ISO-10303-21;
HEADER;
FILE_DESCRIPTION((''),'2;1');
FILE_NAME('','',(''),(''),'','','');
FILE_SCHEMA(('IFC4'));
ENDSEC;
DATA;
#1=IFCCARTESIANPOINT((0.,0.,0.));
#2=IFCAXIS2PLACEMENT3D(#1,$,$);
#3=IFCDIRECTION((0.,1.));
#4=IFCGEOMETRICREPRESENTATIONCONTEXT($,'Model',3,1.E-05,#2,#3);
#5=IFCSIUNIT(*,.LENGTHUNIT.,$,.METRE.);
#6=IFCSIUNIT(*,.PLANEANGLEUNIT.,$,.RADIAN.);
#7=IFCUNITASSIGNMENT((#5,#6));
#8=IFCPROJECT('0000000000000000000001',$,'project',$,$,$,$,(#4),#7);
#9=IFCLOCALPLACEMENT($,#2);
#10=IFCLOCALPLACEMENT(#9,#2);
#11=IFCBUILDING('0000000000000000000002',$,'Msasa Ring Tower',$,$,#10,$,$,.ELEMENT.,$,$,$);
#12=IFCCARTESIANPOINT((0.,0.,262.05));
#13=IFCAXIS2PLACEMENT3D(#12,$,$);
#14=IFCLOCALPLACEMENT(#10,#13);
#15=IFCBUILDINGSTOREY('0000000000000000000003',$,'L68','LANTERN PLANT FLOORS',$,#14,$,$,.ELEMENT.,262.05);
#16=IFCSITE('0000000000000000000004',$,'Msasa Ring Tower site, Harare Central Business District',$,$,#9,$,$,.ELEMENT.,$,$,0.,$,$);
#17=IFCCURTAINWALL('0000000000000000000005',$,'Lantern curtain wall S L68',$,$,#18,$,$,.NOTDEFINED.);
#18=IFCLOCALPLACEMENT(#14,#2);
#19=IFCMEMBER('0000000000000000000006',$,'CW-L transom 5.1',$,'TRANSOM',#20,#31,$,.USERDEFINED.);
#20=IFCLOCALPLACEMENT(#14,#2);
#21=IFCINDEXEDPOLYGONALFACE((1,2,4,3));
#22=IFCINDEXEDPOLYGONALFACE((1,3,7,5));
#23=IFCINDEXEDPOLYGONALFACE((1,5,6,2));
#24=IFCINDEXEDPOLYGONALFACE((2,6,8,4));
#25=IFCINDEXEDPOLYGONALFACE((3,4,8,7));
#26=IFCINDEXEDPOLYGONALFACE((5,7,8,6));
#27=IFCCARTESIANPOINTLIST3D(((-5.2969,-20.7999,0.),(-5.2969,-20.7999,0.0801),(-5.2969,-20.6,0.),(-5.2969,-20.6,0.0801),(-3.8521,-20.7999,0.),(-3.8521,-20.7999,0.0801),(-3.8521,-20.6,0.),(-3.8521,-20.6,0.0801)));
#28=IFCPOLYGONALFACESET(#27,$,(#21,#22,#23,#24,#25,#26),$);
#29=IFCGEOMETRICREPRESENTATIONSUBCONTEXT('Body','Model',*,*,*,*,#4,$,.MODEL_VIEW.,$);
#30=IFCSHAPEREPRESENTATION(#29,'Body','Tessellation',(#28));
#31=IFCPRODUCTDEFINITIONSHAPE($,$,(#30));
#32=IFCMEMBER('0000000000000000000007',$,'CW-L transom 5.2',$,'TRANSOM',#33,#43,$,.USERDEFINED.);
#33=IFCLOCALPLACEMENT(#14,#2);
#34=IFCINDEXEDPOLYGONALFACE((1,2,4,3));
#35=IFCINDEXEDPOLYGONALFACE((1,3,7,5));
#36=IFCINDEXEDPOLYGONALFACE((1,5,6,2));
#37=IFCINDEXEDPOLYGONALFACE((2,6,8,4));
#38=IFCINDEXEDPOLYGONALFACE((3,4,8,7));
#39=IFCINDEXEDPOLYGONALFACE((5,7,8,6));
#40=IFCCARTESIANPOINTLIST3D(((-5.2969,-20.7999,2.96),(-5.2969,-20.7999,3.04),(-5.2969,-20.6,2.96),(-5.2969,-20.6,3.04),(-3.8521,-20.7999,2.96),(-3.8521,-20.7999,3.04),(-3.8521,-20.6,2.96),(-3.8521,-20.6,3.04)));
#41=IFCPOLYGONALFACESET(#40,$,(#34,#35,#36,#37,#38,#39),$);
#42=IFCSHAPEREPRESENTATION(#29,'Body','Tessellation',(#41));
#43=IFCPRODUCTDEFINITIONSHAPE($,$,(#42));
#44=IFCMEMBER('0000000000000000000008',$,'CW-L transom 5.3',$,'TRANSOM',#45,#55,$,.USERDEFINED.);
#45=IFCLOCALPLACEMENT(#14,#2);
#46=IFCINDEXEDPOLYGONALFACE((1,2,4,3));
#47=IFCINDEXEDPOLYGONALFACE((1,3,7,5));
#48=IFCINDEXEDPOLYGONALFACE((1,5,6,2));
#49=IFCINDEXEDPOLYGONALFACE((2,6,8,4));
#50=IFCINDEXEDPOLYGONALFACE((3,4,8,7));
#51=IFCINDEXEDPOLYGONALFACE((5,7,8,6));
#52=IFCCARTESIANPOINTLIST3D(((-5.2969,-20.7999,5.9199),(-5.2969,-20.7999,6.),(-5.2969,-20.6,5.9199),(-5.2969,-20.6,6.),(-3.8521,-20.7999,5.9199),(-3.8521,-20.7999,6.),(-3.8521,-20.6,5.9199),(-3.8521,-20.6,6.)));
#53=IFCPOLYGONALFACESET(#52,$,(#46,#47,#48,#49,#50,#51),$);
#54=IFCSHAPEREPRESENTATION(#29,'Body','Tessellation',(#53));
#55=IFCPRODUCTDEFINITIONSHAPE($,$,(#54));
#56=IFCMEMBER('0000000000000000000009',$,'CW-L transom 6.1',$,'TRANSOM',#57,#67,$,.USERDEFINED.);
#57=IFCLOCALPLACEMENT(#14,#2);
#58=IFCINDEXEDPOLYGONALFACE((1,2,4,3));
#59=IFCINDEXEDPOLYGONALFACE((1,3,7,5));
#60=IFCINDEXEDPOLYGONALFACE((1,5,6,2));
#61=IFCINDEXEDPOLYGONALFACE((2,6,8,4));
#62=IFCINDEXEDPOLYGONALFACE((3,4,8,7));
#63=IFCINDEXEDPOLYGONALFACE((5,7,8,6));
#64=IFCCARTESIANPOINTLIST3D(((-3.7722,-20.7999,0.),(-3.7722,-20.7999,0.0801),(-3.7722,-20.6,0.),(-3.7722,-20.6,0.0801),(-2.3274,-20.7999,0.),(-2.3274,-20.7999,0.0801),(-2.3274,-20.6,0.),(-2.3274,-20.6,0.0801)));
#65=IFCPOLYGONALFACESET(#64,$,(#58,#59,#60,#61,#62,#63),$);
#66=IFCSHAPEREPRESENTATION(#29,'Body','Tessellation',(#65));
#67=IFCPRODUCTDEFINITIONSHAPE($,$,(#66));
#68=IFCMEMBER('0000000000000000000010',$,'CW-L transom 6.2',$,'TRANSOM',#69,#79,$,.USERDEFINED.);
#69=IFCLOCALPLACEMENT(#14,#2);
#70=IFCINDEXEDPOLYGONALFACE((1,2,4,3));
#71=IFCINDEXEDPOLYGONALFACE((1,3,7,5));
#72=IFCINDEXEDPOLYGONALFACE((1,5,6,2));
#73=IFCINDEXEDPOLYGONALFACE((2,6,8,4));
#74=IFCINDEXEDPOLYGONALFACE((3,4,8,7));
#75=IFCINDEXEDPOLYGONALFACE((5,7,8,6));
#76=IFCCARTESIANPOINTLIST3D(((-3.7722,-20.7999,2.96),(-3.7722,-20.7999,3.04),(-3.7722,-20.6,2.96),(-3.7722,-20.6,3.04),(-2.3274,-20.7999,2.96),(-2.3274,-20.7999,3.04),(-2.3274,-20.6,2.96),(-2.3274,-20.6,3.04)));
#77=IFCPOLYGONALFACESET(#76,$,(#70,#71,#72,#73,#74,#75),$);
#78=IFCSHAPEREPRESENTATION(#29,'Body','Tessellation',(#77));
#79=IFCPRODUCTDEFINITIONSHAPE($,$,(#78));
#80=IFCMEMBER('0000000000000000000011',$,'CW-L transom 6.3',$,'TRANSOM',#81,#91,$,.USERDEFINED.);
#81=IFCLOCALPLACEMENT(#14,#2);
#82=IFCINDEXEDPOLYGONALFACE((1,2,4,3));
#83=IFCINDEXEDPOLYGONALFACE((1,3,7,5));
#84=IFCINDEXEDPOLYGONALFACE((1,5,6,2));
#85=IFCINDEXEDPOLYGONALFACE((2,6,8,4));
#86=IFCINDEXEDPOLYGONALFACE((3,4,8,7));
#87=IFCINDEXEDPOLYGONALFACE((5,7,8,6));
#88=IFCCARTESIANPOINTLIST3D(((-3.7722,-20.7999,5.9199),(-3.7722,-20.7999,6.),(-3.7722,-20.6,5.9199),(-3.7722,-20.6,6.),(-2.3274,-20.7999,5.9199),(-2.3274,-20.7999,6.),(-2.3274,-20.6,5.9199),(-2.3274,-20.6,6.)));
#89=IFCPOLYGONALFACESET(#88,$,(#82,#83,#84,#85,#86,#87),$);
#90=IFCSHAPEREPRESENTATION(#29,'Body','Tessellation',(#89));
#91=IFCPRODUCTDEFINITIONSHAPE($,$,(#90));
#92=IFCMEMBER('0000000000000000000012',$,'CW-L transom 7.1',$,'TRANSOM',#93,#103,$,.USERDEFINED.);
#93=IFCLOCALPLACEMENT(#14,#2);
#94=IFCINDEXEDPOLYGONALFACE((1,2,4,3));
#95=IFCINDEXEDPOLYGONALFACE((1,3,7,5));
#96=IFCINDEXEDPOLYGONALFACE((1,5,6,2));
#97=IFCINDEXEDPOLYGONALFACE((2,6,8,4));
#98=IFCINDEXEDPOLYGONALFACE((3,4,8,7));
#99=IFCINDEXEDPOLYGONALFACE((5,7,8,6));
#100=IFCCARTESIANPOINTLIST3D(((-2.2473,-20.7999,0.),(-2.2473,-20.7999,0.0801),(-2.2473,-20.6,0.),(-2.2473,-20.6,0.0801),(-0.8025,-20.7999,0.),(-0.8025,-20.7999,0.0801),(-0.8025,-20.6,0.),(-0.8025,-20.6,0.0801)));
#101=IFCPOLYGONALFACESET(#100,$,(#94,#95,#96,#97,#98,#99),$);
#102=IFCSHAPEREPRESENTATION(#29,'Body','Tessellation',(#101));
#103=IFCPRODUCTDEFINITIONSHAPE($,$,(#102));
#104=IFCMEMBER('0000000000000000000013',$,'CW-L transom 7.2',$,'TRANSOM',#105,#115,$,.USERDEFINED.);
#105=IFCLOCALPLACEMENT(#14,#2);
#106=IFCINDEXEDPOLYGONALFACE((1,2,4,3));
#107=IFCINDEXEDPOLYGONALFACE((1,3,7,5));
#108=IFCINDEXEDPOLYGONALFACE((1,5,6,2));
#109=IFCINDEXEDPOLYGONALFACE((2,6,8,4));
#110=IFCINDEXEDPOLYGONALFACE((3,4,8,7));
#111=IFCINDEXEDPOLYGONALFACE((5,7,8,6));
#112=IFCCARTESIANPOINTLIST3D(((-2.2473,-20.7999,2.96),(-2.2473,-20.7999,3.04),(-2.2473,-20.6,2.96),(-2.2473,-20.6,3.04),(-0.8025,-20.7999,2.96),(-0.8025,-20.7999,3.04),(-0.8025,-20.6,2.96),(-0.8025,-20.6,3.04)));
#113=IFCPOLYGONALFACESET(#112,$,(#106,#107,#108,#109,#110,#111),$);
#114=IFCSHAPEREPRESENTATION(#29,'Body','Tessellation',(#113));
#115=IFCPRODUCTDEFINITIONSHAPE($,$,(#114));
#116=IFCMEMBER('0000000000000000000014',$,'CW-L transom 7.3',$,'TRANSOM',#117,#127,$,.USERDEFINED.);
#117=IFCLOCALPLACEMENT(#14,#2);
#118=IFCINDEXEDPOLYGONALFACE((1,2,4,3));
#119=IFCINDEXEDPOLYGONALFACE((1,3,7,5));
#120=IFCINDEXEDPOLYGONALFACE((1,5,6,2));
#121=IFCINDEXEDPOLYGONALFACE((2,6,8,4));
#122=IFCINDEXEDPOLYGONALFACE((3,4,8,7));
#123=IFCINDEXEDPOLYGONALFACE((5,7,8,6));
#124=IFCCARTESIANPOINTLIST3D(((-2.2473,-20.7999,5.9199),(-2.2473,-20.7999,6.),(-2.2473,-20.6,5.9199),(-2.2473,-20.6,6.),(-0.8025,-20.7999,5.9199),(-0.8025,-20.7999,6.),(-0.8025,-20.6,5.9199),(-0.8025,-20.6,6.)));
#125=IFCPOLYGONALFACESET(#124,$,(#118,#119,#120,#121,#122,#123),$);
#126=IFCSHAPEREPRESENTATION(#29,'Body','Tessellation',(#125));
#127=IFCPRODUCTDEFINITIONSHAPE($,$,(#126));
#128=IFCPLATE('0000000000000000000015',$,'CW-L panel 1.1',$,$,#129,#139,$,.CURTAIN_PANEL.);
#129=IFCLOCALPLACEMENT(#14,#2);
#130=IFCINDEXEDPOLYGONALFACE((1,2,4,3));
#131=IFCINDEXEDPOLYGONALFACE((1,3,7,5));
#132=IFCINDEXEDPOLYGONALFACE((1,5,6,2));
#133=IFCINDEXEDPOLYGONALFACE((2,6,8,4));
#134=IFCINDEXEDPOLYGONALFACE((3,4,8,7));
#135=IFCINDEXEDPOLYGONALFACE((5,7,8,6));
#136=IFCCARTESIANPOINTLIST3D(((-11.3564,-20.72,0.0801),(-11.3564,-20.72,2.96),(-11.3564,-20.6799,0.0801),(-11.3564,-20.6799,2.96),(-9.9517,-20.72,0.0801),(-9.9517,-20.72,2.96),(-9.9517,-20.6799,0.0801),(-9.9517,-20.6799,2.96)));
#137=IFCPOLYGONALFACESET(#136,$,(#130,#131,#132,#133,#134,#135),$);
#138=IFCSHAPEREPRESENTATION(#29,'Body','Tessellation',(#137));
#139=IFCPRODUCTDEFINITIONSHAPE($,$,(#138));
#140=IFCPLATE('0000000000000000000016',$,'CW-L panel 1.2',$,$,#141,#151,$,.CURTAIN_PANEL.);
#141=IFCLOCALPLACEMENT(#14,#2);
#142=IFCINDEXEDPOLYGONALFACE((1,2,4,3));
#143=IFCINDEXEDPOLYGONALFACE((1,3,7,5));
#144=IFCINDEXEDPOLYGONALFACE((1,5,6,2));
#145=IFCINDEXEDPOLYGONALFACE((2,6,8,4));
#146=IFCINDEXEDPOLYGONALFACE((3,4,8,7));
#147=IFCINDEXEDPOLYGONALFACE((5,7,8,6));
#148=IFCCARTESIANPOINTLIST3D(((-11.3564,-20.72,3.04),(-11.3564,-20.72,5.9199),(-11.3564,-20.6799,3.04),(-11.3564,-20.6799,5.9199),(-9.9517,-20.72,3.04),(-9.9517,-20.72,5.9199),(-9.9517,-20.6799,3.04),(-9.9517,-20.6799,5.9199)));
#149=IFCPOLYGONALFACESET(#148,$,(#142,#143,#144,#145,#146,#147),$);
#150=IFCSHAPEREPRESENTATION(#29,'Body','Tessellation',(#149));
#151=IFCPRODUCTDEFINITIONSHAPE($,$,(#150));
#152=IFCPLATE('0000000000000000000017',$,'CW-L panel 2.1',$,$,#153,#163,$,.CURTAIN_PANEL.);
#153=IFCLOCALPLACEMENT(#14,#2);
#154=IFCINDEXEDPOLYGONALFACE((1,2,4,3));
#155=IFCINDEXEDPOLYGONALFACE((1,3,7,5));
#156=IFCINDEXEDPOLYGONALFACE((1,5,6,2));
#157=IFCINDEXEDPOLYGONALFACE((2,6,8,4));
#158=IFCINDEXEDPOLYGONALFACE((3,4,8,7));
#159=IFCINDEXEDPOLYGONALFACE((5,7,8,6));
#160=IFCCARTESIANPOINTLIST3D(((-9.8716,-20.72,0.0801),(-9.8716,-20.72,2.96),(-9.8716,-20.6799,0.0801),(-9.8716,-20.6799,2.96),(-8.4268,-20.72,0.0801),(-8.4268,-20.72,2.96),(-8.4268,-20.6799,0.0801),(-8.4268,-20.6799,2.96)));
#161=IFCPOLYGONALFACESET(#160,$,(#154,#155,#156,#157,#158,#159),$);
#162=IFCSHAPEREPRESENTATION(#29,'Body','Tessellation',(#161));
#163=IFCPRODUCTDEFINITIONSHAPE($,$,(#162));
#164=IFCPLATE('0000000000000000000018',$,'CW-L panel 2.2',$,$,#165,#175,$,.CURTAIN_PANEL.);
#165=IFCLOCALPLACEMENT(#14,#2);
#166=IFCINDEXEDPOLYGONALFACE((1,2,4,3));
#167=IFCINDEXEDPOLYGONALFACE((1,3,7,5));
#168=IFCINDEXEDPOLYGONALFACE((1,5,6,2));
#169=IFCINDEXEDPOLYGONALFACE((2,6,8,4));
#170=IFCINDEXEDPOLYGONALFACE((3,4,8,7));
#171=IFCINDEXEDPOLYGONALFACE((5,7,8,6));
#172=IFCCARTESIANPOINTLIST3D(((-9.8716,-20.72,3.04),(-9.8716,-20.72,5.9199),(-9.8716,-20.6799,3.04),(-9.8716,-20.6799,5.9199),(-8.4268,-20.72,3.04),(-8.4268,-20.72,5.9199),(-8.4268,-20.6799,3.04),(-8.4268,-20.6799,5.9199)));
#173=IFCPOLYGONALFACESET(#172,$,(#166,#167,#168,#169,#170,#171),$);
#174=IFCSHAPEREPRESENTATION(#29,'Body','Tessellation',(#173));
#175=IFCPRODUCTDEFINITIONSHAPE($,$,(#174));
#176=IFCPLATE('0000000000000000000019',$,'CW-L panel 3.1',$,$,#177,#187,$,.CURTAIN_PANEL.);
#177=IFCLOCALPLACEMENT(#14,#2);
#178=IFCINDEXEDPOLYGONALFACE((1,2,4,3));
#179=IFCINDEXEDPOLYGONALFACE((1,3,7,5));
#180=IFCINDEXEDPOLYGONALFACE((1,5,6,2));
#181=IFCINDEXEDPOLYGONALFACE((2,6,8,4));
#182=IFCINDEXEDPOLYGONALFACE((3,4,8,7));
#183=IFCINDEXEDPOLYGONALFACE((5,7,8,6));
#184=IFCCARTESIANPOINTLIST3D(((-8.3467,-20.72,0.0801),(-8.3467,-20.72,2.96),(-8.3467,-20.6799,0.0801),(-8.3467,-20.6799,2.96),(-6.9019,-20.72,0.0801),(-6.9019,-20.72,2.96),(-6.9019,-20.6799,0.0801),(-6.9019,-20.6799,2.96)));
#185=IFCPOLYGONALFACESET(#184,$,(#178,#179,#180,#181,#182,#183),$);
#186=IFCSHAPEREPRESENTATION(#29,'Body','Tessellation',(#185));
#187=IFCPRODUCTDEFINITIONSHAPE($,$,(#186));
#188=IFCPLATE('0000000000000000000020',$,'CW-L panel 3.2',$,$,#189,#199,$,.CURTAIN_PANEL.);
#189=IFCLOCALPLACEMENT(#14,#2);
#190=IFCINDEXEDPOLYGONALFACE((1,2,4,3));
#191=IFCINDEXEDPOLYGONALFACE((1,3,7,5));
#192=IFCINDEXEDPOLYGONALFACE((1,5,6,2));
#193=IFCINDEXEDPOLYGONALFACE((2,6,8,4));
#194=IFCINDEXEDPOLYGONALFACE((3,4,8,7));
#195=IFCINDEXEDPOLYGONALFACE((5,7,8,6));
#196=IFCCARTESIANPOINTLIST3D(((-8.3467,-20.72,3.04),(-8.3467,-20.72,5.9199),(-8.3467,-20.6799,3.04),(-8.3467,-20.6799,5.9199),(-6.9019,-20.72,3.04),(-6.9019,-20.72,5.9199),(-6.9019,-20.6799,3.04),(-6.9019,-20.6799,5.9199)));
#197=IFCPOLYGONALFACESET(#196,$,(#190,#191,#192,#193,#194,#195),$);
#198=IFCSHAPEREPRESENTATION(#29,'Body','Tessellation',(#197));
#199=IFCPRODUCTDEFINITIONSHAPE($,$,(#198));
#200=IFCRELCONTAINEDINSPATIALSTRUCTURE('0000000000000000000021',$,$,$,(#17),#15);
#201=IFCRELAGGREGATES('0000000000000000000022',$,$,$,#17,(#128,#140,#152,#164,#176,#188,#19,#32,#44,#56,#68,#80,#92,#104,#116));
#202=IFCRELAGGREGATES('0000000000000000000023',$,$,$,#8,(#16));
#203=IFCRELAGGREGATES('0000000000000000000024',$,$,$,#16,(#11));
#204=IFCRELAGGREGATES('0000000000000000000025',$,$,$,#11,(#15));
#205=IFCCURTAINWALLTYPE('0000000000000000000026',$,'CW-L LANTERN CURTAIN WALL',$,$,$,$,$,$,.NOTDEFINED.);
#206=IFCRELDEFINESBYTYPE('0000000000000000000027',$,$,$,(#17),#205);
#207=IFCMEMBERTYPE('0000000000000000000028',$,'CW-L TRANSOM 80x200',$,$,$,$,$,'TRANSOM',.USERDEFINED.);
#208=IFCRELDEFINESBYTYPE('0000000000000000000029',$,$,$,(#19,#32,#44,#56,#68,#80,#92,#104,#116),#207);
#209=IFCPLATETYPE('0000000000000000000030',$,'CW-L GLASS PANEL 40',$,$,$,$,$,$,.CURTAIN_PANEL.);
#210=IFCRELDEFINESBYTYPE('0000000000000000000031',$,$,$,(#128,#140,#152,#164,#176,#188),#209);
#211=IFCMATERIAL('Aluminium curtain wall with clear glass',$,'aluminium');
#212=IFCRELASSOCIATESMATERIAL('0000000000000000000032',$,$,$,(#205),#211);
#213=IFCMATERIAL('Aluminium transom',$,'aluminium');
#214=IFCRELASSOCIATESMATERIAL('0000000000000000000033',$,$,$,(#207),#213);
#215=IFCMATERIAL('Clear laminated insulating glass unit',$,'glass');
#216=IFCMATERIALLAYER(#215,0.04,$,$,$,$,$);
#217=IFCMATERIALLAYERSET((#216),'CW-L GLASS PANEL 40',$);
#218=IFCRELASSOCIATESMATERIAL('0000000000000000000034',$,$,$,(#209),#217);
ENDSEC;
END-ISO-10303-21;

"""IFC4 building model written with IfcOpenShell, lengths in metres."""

from ifc_helpers import new_model, si_unit, direction, frame, origin, origin_2d, place, context, subcontext, project, spatial, rectangle, extrude, material, layer, layer_set, material_profile, profile_set, type_object, element, aggregate, save


model = new_model("IFC4")

# Units and contexts
model_context = context("Model", 3, precision=1e-05, world=origin(), true_north=direction((0.0, 1.0)))
body_context = subcontext(model_context, "Body", "Model", "MODEL_VIEW")
ifc_project = project(units=[si_unit("LENGTHUNIT", "METRE"), si_unit("PLANEANGLEUNIT", "RADIAN")], contexts=[model_context])

# Site, building, storey
site_placement = place(None, origin())
site = spatial("IfcSite", under=ifc_project, at=site_placement, Name="Msasa Ring Tower site, Harare Central Business District", CompositionType="ELEMENT", RefElevation=0.0)
building_placement = place(site_placement, origin())
building = spatial("IfcBuilding", under=site, at=building_placement, Name="Msasa Ring Tower", CompositionType="ELEMENT")
storey_placement = place(building_placement, frame((0.0, 0.0, 262.05)))
storey = spatial("IfcBuildingStorey", under=building, at=storey_placement, Name="L68", Description="LANTERN PLANT FLOORS", CompositionType="ELEMENT", Elevation=262.05)

# Curtain wall, members, plates
ifc_material_1 = material(Name="Aluminium curtain wall with clear glass", Category="aluminium")
curtain_wall_type = type_object("IfcCurtainWallType", Name="CW-L LANTERN CURTAIN WALL", PredefinedType="NOTDEFINED", material=ifc_material_1)
curtain_wall_placement = place(storey_placement, origin())
curtain_wall = element("IfcCurtainWall", 1, at=curtain_wall_placement, inside=storey, type_object=curtain_wall_type, Name="Lantern curtain wall S L68", PredefinedType="NOTDEFINED")
ifc_material_2 = material(Name="Aluminium transom", Category="aluminium")
ifc_material_profile_1 = material_profile(ifc_material_2, rectangle(XDim=0.2, YDim=0.0801, at=origin_2d()), Name="AL 80x200")
ifc_profile_set_1 = profile_set([ifc_material_profile_1], Name="Aluminium transom")
member_type_1 = type_object("IfcMemberType", Name="CW-L TRANSOM 80x200", ElementType="TRANSOM", PredefinedType="USERDEFINED", material=ifc_profile_set_1)
member_1_placement = place(storey_placement, frame((-5.2969, -20.7, 0.04), z_axis=(1.0, 0.0, 0.0), x_axis=(0.0, 1.0, 0.0)))
member_1 = element("IfcMember", 2, at=member_1_placement, type_object=member_type_1, Name="CW-L transom 5.1", ObjectType="TRANSOM", PredefinedType="USERDEFINED", context=body_context, shape_type="SweptSolid", body=[
    extrude(rectangle(XDim=0.2, YDim=0.0801, at=origin_2d()), origin(), (0.0, 0.0, 1.0), 1.4448),
])
member_2_placement = place(storey_placement, frame((-5.2969, -20.7, 3.0), z_axis=(1.0, 0.0, 0.0), x_axis=(0.0, 1.0, 0.0)))
member_2 = element("IfcMember", 3, at=member_2_placement, type_object=member_type_1, Name="CW-L transom 5.2", ObjectType="TRANSOM", PredefinedType="USERDEFINED", context=body_context, shape_type="SweptSolid", body=[
    extrude(rectangle(XDim=0.2, YDim=0.0801, at=origin_2d()), origin(), (0.0, 0.0, 1.0), 1.4448),
])
member_3_placement = place(storey_placement, frame((-5.2969, -20.7, 5.96), z_axis=(1.0, 0.0, 0.0), x_axis=(0.0, 1.0, 0.0)))
member_3 = element("IfcMember", 4, at=member_3_placement, type_object=member_type_1, Name="CW-L transom 5.3", ObjectType="TRANSOM", PredefinedType="USERDEFINED", context=body_context, shape_type="SweptSolid", body=[
    extrude(rectangle(XDim=0.2, YDim=0.0801, at=origin_2d()), origin(), (0.0, 0.0, 1.0), 1.4448),
])
member_4_placement = place(storey_placement, frame((-3.7722, -20.7, 0.04), z_axis=(1.0, 0.0, 0.0), x_axis=(0.0, 1.0, 0.0)))
member_4 = element("IfcMember", 5, at=member_4_placement, type_object=member_type_1, Name="CW-L transom 6.1", ObjectType="TRANSOM", PredefinedType="USERDEFINED", context=body_context, shape_type="SweptSolid", body=[
    extrude(rectangle(XDim=0.2, YDim=0.0801, at=origin_2d()), origin(), (0.0, 0.0, 1.0), 1.4448),
])
member_5_placement = place(storey_placement, frame((-3.7722, -20.7, 3.0), z_axis=(1.0, 0.0, 0.0), x_axis=(0.0, 1.0, 0.0)))
member_5 = element("IfcMember", 6, at=member_5_placement, type_object=member_type_1, Name="CW-L transom 6.2", ObjectType="TRANSOM", PredefinedType="USERDEFINED", context=body_context, shape_type="SweptSolid", body=[
    extrude(rectangle(XDim=0.2, YDim=0.0801, at=origin_2d()), origin(), (0.0, 0.0, 1.0), 1.4448),
])
member_6_placement = place(storey_placement, frame((-3.7722, -20.7, 5.96), z_axis=(1.0, 0.0, 0.0), x_axis=(0.0, 1.0, 0.0)))
member_6 = element("IfcMember", 7, at=member_6_placement, type_object=member_type_1, Name="CW-L transom 6.3", ObjectType="TRANSOM", PredefinedType="USERDEFINED", context=body_context, shape_type="SweptSolid", body=[
    extrude(rectangle(XDim=0.2, YDim=0.0801, at=origin_2d()), origin(), (0.0, 0.0, 1.0), 1.4448),
])
member_7_placement = place(storey_placement, frame((-2.2473, -20.7, 0.04), z_axis=(1.0, 0.0, 0.0), x_axis=(0.0, 1.0, 0.0)))
member_7 = element("IfcMember", 8, at=member_7_placement, type_object=member_type_1, Name="CW-L transom 7.1", ObjectType="TRANSOM", PredefinedType="USERDEFINED", context=body_context, shape_type="SweptSolid", body=[
    extrude(rectangle(XDim=0.2, YDim=0.0801, at=origin_2d()), origin(), (0.0, 0.0, 1.0), 1.4448),
])
member_8_placement = place(storey_placement, frame((-2.2473, -20.7, 3.0), z_axis=(1.0, 0.0, 0.0), x_axis=(0.0, 1.0, 0.0)))
member_8 = element("IfcMember", 9, at=member_8_placement, type_object=member_type_1, Name="CW-L transom 7.2", ObjectType="TRANSOM", PredefinedType="USERDEFINED", context=body_context, shape_type="SweptSolid", body=[
    extrude(rectangle(XDim=0.2, YDim=0.0801, at=origin_2d()), origin(), (0.0, 0.0, 1.0), 1.4448),
])
member_9_placement = place(storey_placement, frame((-2.2473, -20.7, 5.96), z_axis=(1.0, 0.0, 0.0), x_axis=(0.0, 1.0, 0.0)))
member_9 = element("IfcMember", 10, at=member_9_placement, type_object=member_type_1, Name="CW-L transom 7.3", ObjectType="TRANSOM", PredefinedType="USERDEFINED", context=body_context, shape_type="SweptSolid", body=[
    extrude(rectangle(XDim=0.2, YDim=0.0801, at=origin_2d()), origin(), (0.0, 0.0, 1.0), 1.4448),
])
ifc_material_3 = material(Name="Clear laminated insulating glass unit", Category="glass")
ifc_layer = layer(ifc_material_3, 0.04)
ifc_layer_set = layer_set([ifc_layer], Name="CW-L GLASS PANEL 40")
plate_type = type_object("IfcPlateType", Name="CW-L GLASS PANEL 40", PredefinedType="CURTAIN_PANEL", material=ifc_layer_set)
plate_1_placement = place(storey_placement, frame((-10.6541, -20.7, 0.0801), z_axis=(0.0, 0.0, 1.0), x_axis=(1.0, 0.0, 0.0)))
plate_1 = element("IfcPlate", 11, at=plate_1_placement, type_object=plate_type, Name="CW-L panel 1.1", PredefinedType="CURTAIN_PANEL", context=body_context, shape_type="SweptSolid", body=[
    extrude(rectangle(XDim=1.4048, YDim=0.04, at=origin_2d()), origin(), (0.0, 0.0, 1.0), 2.8799),
])
plate_2_placement = place(storey_placement, frame((-10.6541, -20.7, 3.04), z_axis=(0.0, 0.0, 1.0), x_axis=(1.0, 0.0, 0.0)))
plate_2 = element("IfcPlate", 12, at=plate_2_placement, type_object=plate_type, Name="CW-L panel 1.2", PredefinedType="CURTAIN_PANEL", context=body_context, shape_type="SweptSolid", body=[
    extrude(rectangle(XDim=1.4048, YDim=0.04, at=origin_2d()), origin(), (0.0, 0.0, 1.0), 2.8799),
])
plate_3_placement = place(storey_placement, frame((-9.1492, -20.7, 0.0801), z_axis=(0.0, 0.0, 1.0), x_axis=(1.0, 0.0, 0.0)))
plate_3 = element("IfcPlate", 13, at=plate_3_placement, type_object=plate_type, Name="CW-L panel 2.1", PredefinedType="CURTAIN_PANEL", context=body_context, shape_type="SweptSolid", body=[
    extrude(rectangle(XDim=1.4448, YDim=0.04, at=origin_2d()), origin(), (0.0, 0.0, 1.0), 2.8799),
])
plate_4_placement = place(storey_placement, frame((-9.1492, -20.7, 3.04), z_axis=(0.0, 0.0, 1.0), x_axis=(1.0, 0.0, 0.0)))
plate_4 = element("IfcPlate", 14, at=plate_4_placement, type_object=plate_type, Name="CW-L panel 2.2", PredefinedType="CURTAIN_PANEL", context=body_context, shape_type="SweptSolid", body=[
    extrude(rectangle(XDim=1.4448, YDim=0.04, at=origin_2d()), origin(), (0.0, 0.0, 1.0), 2.8799),
])
plate_5_placement = place(storey_placement, frame((-7.6243, -20.7, 0.0801), z_axis=(0.0, 0.0, 1.0), x_axis=(1.0, 0.0, 0.0)))
plate_5 = element("IfcPlate", 15, at=plate_5_placement, type_object=plate_type, Name="CW-L panel 3.1", PredefinedType="CURTAIN_PANEL", context=body_context, shape_type="SweptSolid", body=[
    extrude(rectangle(XDim=1.4448, YDim=0.04, at=origin_2d()), origin(), (0.0, 0.0, 1.0), 2.8799),
])
plate_6_placement = place(storey_placement, frame((-7.6243, -20.7, 3.04), z_axis=(0.0, 0.0, 1.0), x_axis=(1.0, 0.0, 0.0)))
plate_6 = element("IfcPlate", 16, at=plate_6_placement, type_object=plate_type, Name="CW-L panel 3.2", PredefinedType="CURTAIN_PANEL", context=body_context, shape_type="SweptSolid", body=[
    extrude(rectangle(XDim=1.4448, YDim=0.04, at=origin_2d()), origin(), (0.0, 0.0, 1.0), 2.8799),
])
aggregate(curtain_wall, [plate_1, plate_2, plate_3, plate_4, plate_5, plate_6, member_1, member_2, member_3, member_4, member_5, member_6, member_7, member_8, member_9])

save(model, "model.ifc")
